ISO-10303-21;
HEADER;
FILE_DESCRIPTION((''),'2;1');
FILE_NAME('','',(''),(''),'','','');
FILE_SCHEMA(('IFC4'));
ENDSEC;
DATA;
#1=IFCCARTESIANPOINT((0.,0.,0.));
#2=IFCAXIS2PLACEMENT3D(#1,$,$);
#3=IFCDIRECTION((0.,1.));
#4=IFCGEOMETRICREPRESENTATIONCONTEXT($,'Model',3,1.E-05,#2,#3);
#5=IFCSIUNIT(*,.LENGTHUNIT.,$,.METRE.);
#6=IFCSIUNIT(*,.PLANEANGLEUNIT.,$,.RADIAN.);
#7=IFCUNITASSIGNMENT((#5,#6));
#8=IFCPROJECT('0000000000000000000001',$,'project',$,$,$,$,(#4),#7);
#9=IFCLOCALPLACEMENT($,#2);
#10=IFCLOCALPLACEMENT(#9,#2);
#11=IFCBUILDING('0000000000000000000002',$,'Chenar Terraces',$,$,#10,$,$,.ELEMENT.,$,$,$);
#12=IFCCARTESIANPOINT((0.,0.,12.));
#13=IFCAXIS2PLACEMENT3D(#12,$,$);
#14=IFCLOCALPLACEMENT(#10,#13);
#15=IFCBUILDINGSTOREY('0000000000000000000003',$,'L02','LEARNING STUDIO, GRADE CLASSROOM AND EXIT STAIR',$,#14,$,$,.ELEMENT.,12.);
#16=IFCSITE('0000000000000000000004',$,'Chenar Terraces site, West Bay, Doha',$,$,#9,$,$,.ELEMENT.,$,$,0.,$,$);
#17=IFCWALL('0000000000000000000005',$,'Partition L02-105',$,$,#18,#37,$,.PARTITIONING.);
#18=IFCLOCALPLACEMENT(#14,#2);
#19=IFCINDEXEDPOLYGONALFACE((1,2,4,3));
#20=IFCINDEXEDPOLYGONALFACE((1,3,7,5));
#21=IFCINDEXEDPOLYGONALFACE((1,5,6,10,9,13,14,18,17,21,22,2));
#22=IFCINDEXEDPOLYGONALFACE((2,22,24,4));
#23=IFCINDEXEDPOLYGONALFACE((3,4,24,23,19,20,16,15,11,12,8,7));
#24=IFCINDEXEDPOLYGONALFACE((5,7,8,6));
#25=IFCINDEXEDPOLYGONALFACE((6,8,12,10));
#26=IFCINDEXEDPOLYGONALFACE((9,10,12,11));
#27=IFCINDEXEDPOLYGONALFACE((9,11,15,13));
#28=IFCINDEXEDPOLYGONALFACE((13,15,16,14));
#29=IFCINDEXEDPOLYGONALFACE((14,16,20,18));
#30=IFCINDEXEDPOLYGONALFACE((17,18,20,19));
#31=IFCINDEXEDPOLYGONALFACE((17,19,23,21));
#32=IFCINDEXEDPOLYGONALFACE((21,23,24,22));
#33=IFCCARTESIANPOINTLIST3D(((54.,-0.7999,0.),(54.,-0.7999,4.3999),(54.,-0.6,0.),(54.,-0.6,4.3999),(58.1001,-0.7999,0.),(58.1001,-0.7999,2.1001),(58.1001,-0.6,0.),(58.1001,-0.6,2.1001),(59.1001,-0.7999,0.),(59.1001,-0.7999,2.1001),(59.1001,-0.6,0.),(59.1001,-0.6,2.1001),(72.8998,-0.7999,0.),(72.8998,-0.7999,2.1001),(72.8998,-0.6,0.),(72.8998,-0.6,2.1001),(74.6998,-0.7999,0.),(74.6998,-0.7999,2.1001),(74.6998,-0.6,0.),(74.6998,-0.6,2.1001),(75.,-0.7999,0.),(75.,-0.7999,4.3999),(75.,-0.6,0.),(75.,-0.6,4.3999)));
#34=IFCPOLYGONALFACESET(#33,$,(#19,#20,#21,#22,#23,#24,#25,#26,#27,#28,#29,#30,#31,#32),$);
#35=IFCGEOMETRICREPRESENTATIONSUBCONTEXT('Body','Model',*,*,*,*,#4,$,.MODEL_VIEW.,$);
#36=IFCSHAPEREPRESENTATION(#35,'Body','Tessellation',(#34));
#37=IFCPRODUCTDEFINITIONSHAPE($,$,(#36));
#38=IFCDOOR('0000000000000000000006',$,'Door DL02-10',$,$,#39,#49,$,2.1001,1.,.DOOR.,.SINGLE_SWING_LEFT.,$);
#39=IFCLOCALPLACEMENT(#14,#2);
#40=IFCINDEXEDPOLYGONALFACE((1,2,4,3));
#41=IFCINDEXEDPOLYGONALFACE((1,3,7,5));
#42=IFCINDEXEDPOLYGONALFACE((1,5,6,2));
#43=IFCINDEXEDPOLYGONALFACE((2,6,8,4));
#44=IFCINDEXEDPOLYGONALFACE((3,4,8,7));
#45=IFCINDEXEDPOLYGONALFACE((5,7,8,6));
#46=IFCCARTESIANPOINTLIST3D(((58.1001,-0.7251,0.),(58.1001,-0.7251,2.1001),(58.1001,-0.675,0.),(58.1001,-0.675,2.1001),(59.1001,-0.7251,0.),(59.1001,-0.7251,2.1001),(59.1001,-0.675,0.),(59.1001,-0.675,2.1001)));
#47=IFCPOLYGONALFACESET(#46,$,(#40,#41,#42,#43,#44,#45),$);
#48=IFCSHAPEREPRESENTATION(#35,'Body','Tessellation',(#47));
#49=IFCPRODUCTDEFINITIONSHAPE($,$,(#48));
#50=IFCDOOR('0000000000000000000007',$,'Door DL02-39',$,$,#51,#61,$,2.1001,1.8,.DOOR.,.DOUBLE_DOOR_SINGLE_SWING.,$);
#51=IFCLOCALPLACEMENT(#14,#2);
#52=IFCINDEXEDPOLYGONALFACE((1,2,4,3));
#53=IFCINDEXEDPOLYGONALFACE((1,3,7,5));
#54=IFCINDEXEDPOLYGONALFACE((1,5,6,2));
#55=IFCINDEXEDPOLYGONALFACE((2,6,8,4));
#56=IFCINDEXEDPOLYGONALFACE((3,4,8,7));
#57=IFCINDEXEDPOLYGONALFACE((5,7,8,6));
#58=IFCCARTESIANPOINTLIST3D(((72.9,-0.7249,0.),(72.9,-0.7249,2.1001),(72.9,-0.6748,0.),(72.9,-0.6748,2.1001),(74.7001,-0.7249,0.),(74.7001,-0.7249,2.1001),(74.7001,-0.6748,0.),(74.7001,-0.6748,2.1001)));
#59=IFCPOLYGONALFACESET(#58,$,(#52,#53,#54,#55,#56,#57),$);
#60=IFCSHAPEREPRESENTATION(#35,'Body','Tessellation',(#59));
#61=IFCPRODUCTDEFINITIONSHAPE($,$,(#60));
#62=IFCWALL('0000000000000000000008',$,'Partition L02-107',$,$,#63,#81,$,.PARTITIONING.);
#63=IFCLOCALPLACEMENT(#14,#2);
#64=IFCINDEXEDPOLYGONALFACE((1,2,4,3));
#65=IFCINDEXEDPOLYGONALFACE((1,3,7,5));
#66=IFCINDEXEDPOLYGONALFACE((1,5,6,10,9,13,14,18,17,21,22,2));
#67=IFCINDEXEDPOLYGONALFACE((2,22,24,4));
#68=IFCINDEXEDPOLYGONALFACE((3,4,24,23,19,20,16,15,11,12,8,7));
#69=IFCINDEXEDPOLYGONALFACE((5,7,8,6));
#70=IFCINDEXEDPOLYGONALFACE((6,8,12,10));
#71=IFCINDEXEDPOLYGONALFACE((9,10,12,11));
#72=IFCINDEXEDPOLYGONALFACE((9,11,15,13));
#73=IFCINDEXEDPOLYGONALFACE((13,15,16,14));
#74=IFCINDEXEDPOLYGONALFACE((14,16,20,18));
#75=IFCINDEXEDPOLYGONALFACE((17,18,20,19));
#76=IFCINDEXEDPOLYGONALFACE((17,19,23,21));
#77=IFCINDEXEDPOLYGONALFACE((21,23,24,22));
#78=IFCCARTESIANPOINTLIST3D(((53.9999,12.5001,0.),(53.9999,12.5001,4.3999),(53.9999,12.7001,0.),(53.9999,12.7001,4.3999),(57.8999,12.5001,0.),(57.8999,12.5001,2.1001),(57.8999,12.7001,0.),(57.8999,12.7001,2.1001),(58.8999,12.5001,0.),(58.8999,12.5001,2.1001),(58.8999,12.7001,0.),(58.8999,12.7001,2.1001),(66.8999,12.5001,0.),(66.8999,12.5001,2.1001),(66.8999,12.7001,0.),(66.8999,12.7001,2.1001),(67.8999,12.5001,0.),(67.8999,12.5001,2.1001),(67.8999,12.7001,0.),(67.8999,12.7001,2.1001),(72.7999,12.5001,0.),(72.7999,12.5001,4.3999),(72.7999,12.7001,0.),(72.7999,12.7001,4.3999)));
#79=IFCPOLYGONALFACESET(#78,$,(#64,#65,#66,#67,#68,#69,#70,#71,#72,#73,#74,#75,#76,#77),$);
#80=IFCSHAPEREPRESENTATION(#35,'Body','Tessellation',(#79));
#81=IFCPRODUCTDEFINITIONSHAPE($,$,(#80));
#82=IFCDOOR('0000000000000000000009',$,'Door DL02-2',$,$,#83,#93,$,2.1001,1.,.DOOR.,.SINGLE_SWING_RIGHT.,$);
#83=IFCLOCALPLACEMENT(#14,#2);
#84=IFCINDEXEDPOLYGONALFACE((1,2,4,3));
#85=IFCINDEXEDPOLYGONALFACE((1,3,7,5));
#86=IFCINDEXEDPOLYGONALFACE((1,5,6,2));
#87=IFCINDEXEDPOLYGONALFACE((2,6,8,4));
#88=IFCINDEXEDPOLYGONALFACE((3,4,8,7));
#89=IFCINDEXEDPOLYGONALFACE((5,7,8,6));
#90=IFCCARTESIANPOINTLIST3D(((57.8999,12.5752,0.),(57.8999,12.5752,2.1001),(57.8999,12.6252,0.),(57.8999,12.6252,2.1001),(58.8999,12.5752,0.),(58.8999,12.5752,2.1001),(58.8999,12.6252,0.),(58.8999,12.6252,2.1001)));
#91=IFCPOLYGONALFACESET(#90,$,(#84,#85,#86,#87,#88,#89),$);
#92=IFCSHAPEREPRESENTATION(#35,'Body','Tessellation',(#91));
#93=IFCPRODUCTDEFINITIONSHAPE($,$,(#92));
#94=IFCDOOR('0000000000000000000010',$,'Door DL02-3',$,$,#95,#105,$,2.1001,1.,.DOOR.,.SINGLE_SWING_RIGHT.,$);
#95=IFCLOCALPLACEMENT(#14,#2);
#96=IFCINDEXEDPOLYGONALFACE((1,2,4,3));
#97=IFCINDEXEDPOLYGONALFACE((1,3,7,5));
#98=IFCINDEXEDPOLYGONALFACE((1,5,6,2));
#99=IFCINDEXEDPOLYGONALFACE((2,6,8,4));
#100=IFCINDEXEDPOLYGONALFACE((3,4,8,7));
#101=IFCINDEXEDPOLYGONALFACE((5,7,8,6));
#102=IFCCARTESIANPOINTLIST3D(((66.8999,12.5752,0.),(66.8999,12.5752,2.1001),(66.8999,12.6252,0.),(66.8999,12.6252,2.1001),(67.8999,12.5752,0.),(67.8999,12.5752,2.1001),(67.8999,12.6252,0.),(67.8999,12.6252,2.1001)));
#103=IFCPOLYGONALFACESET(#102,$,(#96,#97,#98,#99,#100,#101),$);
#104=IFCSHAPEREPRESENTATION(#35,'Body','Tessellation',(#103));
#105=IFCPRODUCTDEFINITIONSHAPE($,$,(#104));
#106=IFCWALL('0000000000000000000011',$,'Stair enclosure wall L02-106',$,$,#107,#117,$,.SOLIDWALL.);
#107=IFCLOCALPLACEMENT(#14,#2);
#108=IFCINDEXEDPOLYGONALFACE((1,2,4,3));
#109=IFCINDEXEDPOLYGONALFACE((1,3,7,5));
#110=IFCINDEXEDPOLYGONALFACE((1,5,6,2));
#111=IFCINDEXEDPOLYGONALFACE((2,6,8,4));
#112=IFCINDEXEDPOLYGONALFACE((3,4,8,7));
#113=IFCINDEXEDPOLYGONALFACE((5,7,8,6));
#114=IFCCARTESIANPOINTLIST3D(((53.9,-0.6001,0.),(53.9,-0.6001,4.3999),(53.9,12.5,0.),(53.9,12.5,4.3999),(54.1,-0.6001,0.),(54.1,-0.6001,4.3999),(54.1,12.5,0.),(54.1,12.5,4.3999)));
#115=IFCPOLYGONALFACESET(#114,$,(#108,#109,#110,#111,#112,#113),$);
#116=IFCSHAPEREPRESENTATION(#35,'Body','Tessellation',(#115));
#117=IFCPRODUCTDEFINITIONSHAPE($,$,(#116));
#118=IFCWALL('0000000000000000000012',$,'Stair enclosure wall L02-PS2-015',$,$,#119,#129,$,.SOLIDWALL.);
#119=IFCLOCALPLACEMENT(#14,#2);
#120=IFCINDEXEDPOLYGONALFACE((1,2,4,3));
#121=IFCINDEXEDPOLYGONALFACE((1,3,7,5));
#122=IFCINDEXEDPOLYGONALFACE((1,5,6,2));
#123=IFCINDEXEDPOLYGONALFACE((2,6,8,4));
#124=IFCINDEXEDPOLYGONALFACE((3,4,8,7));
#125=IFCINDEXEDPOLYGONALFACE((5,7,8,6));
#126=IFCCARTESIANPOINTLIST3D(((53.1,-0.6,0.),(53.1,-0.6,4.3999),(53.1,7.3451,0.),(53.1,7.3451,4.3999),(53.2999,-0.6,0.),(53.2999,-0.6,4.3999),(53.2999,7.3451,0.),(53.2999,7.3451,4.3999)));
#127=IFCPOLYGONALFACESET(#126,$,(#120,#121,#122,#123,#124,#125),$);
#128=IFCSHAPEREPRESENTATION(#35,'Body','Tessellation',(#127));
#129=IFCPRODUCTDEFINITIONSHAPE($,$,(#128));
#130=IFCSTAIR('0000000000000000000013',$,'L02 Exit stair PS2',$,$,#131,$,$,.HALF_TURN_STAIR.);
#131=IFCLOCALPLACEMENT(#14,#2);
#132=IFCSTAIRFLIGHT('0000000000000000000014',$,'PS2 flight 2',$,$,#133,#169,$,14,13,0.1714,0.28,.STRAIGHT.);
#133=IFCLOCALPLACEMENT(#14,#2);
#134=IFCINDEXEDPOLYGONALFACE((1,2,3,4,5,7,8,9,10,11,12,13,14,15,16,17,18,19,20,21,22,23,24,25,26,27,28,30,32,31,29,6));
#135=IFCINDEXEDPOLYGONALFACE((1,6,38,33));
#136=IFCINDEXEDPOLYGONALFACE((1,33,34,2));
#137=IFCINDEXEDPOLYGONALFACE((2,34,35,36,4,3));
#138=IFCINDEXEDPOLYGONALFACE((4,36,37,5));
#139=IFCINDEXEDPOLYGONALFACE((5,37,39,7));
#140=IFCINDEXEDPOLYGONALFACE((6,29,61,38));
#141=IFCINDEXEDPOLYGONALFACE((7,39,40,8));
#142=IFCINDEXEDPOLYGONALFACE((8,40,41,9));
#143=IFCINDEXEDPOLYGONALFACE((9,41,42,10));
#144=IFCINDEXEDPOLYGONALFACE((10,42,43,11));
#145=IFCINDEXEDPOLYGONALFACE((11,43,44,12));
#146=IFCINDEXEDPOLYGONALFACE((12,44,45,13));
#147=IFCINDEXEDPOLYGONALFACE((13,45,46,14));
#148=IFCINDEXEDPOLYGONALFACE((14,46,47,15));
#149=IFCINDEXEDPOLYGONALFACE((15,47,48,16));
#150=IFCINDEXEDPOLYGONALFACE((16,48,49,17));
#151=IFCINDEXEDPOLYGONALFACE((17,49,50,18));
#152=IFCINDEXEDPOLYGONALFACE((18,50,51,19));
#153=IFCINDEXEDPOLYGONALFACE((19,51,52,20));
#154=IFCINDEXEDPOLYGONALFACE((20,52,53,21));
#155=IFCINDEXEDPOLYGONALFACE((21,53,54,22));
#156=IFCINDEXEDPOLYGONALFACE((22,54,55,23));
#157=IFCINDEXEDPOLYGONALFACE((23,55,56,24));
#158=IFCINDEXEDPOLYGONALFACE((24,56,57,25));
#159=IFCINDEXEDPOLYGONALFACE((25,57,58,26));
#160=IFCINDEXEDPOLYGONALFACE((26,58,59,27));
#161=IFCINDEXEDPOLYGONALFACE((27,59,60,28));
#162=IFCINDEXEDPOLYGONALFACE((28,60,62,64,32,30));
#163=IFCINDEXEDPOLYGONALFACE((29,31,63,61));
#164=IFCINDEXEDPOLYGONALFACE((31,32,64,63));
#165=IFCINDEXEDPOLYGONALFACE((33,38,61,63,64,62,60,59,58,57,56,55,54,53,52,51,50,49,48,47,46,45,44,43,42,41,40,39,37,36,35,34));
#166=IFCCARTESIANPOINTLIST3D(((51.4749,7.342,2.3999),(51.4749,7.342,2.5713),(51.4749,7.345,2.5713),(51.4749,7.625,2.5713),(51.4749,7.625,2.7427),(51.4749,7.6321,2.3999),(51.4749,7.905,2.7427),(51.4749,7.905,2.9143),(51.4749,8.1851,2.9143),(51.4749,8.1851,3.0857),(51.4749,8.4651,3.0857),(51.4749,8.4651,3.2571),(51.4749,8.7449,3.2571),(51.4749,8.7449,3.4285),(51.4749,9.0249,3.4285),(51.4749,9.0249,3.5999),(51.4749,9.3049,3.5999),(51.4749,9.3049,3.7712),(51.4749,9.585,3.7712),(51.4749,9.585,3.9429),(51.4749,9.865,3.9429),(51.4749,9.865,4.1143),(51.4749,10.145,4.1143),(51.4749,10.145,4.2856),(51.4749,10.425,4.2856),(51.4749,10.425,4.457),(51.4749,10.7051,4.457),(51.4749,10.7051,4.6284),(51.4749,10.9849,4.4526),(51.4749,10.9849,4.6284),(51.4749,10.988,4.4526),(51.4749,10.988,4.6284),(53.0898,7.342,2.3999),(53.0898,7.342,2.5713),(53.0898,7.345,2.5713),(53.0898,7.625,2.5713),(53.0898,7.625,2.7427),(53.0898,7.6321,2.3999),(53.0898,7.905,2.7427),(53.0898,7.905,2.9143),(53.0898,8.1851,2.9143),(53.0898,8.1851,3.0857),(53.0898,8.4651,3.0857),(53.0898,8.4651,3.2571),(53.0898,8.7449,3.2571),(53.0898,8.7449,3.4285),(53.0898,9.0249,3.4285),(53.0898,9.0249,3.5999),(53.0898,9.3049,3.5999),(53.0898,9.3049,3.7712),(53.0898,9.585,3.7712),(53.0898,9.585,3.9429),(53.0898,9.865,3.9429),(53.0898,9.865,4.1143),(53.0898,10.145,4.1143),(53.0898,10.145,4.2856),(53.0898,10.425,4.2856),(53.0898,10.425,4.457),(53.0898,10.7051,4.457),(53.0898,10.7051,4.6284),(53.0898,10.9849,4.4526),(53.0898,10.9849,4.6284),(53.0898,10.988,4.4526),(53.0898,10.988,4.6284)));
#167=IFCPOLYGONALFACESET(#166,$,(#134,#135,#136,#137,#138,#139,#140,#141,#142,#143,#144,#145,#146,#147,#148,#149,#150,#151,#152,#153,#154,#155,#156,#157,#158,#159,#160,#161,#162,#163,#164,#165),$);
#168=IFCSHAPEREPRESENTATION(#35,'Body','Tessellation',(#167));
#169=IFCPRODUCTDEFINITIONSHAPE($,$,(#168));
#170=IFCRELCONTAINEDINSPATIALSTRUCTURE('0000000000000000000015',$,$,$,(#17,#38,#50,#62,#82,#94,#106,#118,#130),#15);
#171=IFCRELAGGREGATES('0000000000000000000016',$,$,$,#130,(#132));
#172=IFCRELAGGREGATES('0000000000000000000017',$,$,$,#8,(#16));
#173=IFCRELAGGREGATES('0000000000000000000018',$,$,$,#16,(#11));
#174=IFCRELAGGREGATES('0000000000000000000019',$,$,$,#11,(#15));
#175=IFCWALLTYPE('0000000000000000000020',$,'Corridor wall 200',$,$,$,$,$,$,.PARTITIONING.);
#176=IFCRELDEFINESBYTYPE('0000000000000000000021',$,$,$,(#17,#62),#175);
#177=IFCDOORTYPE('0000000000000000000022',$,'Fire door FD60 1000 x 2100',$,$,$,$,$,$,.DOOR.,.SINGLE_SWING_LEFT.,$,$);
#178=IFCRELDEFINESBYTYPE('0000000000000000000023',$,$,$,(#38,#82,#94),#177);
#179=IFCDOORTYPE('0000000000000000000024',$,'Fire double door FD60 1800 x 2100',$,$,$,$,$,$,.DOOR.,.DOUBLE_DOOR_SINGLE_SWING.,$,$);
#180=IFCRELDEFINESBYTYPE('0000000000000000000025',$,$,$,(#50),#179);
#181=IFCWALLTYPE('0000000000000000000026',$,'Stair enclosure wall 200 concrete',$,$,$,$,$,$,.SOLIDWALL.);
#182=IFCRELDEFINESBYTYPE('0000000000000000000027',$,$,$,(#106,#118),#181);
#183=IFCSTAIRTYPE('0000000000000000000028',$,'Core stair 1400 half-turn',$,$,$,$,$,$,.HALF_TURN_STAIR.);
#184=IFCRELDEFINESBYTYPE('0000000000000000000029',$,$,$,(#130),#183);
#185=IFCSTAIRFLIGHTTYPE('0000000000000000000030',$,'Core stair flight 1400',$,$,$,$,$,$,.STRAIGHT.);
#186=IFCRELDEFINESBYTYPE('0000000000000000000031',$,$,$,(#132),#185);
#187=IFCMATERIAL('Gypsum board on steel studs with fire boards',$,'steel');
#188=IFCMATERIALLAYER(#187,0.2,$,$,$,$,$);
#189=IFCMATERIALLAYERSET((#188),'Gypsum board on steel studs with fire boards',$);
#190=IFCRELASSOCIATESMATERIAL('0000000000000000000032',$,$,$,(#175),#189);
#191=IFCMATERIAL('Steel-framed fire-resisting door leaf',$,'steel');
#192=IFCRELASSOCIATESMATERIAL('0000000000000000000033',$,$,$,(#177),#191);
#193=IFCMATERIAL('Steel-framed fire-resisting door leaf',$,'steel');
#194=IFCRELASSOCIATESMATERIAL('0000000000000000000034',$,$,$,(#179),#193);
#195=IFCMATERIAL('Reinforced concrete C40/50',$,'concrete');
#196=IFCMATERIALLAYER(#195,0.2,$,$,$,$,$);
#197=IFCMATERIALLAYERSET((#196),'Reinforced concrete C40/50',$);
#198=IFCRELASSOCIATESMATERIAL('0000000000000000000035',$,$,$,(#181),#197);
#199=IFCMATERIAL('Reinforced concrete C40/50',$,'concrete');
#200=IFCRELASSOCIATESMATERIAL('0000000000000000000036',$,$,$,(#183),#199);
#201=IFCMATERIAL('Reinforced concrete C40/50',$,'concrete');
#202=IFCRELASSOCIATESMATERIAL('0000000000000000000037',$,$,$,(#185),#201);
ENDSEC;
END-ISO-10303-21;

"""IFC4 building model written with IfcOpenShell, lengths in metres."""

from ifc_helpers import new_model, si_unit, direction, frame, frame_2d, origin, place, context, subcontext, project, spatial, polyline, rectangle, outline, extrude, material, layer, layer_set, type_object, element, fill, aggregate, save


model = new_model("IFC4")

# Units and contexts
model_context = context("Model", 3, precision=1e-05, world=origin(), true_north=direction((0.0, 1.0)))
body_context = subcontext(model_context, "Body", "Model", "MODEL_VIEW")
ifc_project = project(units=[si_unit("LENGTHUNIT", "METRE"), si_unit("PLANEANGLEUNIT", "RADIAN")], contexts=[model_context])

# Site, building, storey
site_placement = place(None, origin())
site = spatial("IfcSite", under=ifc_project, at=site_placement, Name="Chenar Terraces site, West Bay, Doha", CompositionType="ELEMENT", RefElevation=0.0)
building_placement = place(site_placement, origin())
building = spatial("IfcBuilding", under=site, at=building_placement, Name="Chenar Terraces", CompositionType="ELEMENT")
storey_placement = place(building_placement, frame((0.0, 0.0, 12.0)))
storey = spatial("IfcBuildingStorey", under=building, at=storey_placement, Name="L02", Description="LEARNING STUDIO, GRADE CLASSROOM AND EXIT STAIR", CompositionType="ELEMENT", Elevation=12.0)

# Walls, openings, doors
ifc_material_1 = material(Name="Gypsum board on steel studs with fire boards", Category="steel")
ifc_layer_1 = layer(ifc_material_1, 0.2)
ifc_layer_set_1 = layer_set([ifc_layer_1], Name="Gypsum board on steel studs with fire boards")
wall_type_1 = type_object("IfcWallType", Name="Corridor wall 200", PredefinedType="PARTITIONING", material=ifc_layer_set_1)
wall_1_placement = place(storey_placement, frame((54.0, -0.7, 0.0), z_axis=(0.0, 0.0, 1.0), x_axis=(1.0, 0.0, 0.0)))
wall_1 = element("IfcWall", 1, at=wall_1_placement, inside=storey, type_object=wall_type_1, Name="Partition L02-105", PredefinedType="PARTITIONING", context=body_context, shape_type="SweptSolid", body=[
    extrude(rectangle(XDim=21.0, YDim=0.2, at=frame_2d((10.5, 0.0))), origin(), (0.0, 0.0, 1.0), 4.3999),
])
opening_1_placement = place(wall_1_placement, frame((4.1001, 0.0, 0.0)))
opening_1 = element("IfcOpeningElement", 2, at=opening_1_placement, cuts=wall_1, PredefinedType="OPENING", context=body_context, shape_type="SweptSolid", body=[
    extrude(rectangle(XDim=1.0, YDim=2.1001, at=frame_2d((0.5, 1.05))), frame((0.0, 0.1099, 0.0), z_axis=(0.0, -1.0, 0.0), x_axis=(1.0, 0.0, 0.0)), (0.0, 0.0, 1.0), 0.22),
])
opening_2_placement = place(wall_1_placement, frame((18.8999, 0.0, 0.0)))
opening_2 = element("IfcOpeningElement", 3, at=opening_2_placement, cuts=wall_1, PredefinedType="OPENING", context=body_context, shape_type="SweptSolid", body=[
    extrude(rectangle(XDim=1.8, YDim=2.1001, at=frame_2d((0.8999, 1.05))), frame((0.0, 0.1099, 0.0), z_axis=(0.0, -1.0, 0.0), x_axis=(1.0, 0.0, 0.0)), (0.0, 0.0, 1.0), 0.22),
])
ifc_material_2 = material(Name="Steel-framed fire-resisting door leaf", Category="steel")
door_type_1 = type_object("IfcDoorType", Name="Fire door FD60 1000 x 2100", OperationType="SINGLE_SWING_LEFT", PredefinedType="DOOR", material=ifc_material_2)
door_1_placement = place(opening_1_placement, origin())
door_1 = element("IfcDoor", 4, at=door_1_placement, inside=storey, type_object=door_type_1, Name="Door DL02-10", OperationType="SINGLE_SWING_LEFT", OverallHeight=2.1001, OverallWidth=1.0, PredefinedType="DOOR", context=body_context, shape_type="SweptSolid", body=[
    extrude(rectangle(XDim=1.0, YDim=2.1001, at=frame_2d((0.5, 1.05))), frame((0.0, 0.0249, 0.0), z_axis=(0.0, -1.0, 0.0), x_axis=(1.0, 0.0, 0.0)), (0.0, 0.0, 1.0), 0.05),
])
fill(opening_1, door_1)
ifc_material_3 = material(Name="Steel-framed fire-resisting door leaf", Category="steel")
door_type_2 = type_object("IfcDoorType", Name="Fire double door FD60 1800 x 2100", OperationType="DOUBLE_DOOR_SINGLE_SWING", PredefinedType="DOOR", material=ifc_material_3)
door_2_placement = place(opening_2_placement, frame((1.8, 0.0, 0.0), z_axis=(0.0, 0.0, 1.0), x_axis=(-1.0, 0.0, 0.0)))
door_2 = element("IfcDoor", 5, at=door_2_placement, inside=storey, type_object=door_type_2, Name="Door DL02-39", OperationType="DOUBLE_DOOR_SINGLE_SWING", OverallHeight=2.1001, OverallWidth=1.8, PredefinedType="DOOR", context=body_context, shape_type="SweptSolid", body=[
    extrude(rectangle(XDim=1.8, YDim=2.1001, at=frame_2d((0.8999, 1.05))), frame((0.0, 0.0249, 0.0), z_axis=(0.0, -1.0, 0.0), x_axis=(1.0, 0.0, 0.0)), (0.0, 0.0, 1.0), 0.05),
])
fill(opening_2, door_2)
wall_2_placement = place(storey_placement, frame((54.0, 12.6001, 0.0), z_axis=(0.0, 0.0, 1.0), x_axis=(1.0, 0.0, 0.0)))
wall_2 = element("IfcWall", 6, at=wall_2_placement, inside=storey, type_object=wall_type_1, Name="Partition L02-107", PredefinedType="PARTITIONING", context=body_context, shape_type="SweptSolid", body=[
    extrude(rectangle(XDim=18.8, YDim=0.2, at=frame_2d((9.3999, 0.0))), origin(), (0.0, 0.0, 1.0), 4.3999),
])
opening_3_placement = place(wall_2_placement, frame((3.8999, 0.0, 0.0)))
opening_3 = element("IfcOpeningElement", 7, at=opening_3_placement, cuts=wall_2, PredefinedType="OPENING", context=body_context, shape_type="SweptSolid", body=[
    extrude(rectangle(XDim=1.0, YDim=2.1001, at=frame_2d((0.5, 1.05))), frame((0.0, 0.1099, 0.0), z_axis=(0.0, -1.0, 0.0), x_axis=(1.0, 0.0, 0.0)), (0.0, 0.0, 1.0), 0.22),
])
opening_4_placement = place(wall_2_placement, frame((12.8999, 0.0, 0.0)))
opening_4 = element("IfcOpeningElement", 8, at=opening_4_placement, cuts=wall_2, PredefinedType="OPENING", context=body_context, shape_type="SweptSolid", body=[
    extrude(rectangle(XDim=1.0, YDim=2.1001, at=frame_2d((0.5, 1.05))), frame((0.0, 0.1099, 0.0), z_axis=(0.0, -1.0, 0.0), x_axis=(1.0, 0.0, 0.0)), (0.0, 0.0, 1.0), 0.22),
])
door_3_placement = place(opening_3_placement, frame((1.0, 0.0, 0.0), z_axis=(0.0, 0.0, 1.0), x_axis=(-1.0, 0.0, 0.0)))
door_3 = element("IfcDoor", 9, at=door_3_placement, inside=storey, type_object=door_type_1, Name="Door DL02-2", OperationType="SINGLE_SWING_RIGHT", OverallHeight=2.1001, OverallWidth=1.0, PredefinedType="DOOR", context=body_context, shape_type="SweptSolid", body=[
    extrude(rectangle(XDim=1.0, YDim=2.1001, at=frame_2d((0.5, 1.05))), frame((0.0, 0.0249, 0.0), z_axis=(0.0, -1.0, 0.0), x_axis=(1.0, 0.0, 0.0)), (0.0, 0.0, 1.0), 0.05),
])
fill(opening_3, door_3)
door_4_placement = place(opening_4_placement, frame((1.0, 0.0, 0.0), z_axis=(0.0, 0.0, 1.0), x_axis=(-1.0, 0.0, 0.0)))
door_4 = element("IfcDoor", 10, at=door_4_placement, inside=storey, type_object=door_type_1, Name="Door DL02-3", OperationType="SINGLE_SWING_RIGHT", OverallHeight=2.1001, OverallWidth=1.0, PredefinedType="DOOR", context=body_context, shape_type="SweptSolid", body=[
    extrude(rectangle(XDim=1.0, YDim=2.1001, at=frame_2d((0.5, 1.05))), frame((0.0, 0.0249, 0.0), z_axis=(0.0, -1.0, 0.0), x_axis=(1.0, 0.0, 0.0)), (0.0, 0.0, 1.0), 0.05),
])
fill(opening_4, door_4)

# Walls
ifc_material_4 = material(Name="Reinforced concrete C40/50", Category="concrete")
ifc_layer_2 = layer(ifc_material_4, 0.2)
ifc_layer_set_2 = layer_set([ifc_layer_2], Name="Reinforced concrete C40/50")
wall_type_2 = type_object("IfcWallType", Name="Stair enclosure wall 200 concrete", PredefinedType="SOLIDWALL", material=ifc_layer_set_2)
wall_3_placement = place(storey_placement, frame((54.0, -0.6001, 0.0), z_axis=(0.0, 0.0, 1.0), x_axis=(0.0, 1.0, 0.0)))
element("IfcWall", 11, at=wall_3_placement, inside=storey, type_object=wall_type_2, Name="Stair enclosure wall L02-106", PredefinedType="SOLIDWALL", context=body_context, shape_type="SweptSolid", body=[
    extrude(rectangle(XDim=13.1001, YDim=0.2, at=frame_2d((6.55, 0.0))), origin(), (0.0, 0.0, 1.0), 4.3999),
])
wall_4_placement = place(storey_placement, frame((53.2, -0.6001, 0.0), z_axis=(0.0, 0.0, 1.0), x_axis=(0.0, 1.0, 0.0)))
element("IfcWall", 12, at=wall_4_placement, inside=storey, type_object=wall_type_2, Name="Stair enclosure wall L02-PS2-015", PredefinedType="SOLIDWALL", context=body_context, shape_type="SweptSolid", body=[
    extrude(rectangle(XDim=7.9451, YDim=0.2, at=frame_2d((3.9727, 0.0))), origin(), (0.0, 0.0, 1.0), 4.3999),
])

# Stair, stair flight
ifc_material_5 = material(Name="Reinforced concrete C40/50", Category="concrete")
stair_type = type_object("IfcStairType", Name="Core stair 1400 half-turn", PredefinedType="HALF_TURN_STAIR", material=ifc_material_5)
stair_placement = place(storey_placement, origin())
stair = element("IfcStair", 13, at=stair_placement, inside=storey, type_object=stair_type, Name="L02 Exit stair PS2", PredefinedType="HALF_TURN_STAIR")
ifc_material_6 = material(Name="Reinforced concrete C40/50", Category="concrete")
stair_flight_type = type_object("IfcStairFlightType", Name="Core stair flight 1400", PredefinedType="STRAIGHT", material=ifc_material_6)
stair_flight_placement = place(storey_placement, frame((52.2825, 7.345, 2.3999), z_axis=(0.0, 0.0, 1.0), x_axis=(0.0, 1.0, 0.0)))
stair_flight = element("IfcStairFlight", 14, at=stair_flight_placement, type_object=stair_flight_type, Name="PS2 flight 2", NumberOfRisers=14, NumberOfTreads=13, PredefinedType="STRAIGHT", RiserHeight=0.1714, TreadLength=0.28, context=body_context, shape_type="SweptSolid", body=[
    extrude(outline(polyline([(-0.0029, 0.0), (-0.0029, 0.1714), (0.0, 0.1714), (0.28, 0.1714), (0.28, 0.3428), (0.5601, 0.3428), (0.5601, 0.5144), (0.8401, 0.5144), (0.8401, 0.6858), (1.1201, 0.6858), (1.1201, 0.8572), (1.3999, 0.8572), (1.3999, 1.0286), (1.6799, 1.0286), (1.6799, 1.2), (1.96, 1.2), (1.96, 1.3713), (2.24, 1.3713), (2.24, 1.543), (2.52, 1.543), (2.52, 1.7144), (2.8, 1.7144), (2.8, 1.8857), (3.0801, 1.8857), (3.0801, 2.0571), (3.3601, 2.0571), (3.3601, 2.2285), (3.6399, 2.2285), (3.6431, 2.2285), (3.6431, 2.0527), (3.6399, 2.0527), (0.2871, 0.0), (-0.0029, 0.0)])), frame((0.0, 0.8076, 0.0), z_axis=(0.0, -1.0, 0.0), x_axis=(1.0, 0.0, 0.0)), (0.0, 0.0, 1.0), 1.615),
])
aggregate(stair, [stair_flight])

save(model, "model.ifc")
